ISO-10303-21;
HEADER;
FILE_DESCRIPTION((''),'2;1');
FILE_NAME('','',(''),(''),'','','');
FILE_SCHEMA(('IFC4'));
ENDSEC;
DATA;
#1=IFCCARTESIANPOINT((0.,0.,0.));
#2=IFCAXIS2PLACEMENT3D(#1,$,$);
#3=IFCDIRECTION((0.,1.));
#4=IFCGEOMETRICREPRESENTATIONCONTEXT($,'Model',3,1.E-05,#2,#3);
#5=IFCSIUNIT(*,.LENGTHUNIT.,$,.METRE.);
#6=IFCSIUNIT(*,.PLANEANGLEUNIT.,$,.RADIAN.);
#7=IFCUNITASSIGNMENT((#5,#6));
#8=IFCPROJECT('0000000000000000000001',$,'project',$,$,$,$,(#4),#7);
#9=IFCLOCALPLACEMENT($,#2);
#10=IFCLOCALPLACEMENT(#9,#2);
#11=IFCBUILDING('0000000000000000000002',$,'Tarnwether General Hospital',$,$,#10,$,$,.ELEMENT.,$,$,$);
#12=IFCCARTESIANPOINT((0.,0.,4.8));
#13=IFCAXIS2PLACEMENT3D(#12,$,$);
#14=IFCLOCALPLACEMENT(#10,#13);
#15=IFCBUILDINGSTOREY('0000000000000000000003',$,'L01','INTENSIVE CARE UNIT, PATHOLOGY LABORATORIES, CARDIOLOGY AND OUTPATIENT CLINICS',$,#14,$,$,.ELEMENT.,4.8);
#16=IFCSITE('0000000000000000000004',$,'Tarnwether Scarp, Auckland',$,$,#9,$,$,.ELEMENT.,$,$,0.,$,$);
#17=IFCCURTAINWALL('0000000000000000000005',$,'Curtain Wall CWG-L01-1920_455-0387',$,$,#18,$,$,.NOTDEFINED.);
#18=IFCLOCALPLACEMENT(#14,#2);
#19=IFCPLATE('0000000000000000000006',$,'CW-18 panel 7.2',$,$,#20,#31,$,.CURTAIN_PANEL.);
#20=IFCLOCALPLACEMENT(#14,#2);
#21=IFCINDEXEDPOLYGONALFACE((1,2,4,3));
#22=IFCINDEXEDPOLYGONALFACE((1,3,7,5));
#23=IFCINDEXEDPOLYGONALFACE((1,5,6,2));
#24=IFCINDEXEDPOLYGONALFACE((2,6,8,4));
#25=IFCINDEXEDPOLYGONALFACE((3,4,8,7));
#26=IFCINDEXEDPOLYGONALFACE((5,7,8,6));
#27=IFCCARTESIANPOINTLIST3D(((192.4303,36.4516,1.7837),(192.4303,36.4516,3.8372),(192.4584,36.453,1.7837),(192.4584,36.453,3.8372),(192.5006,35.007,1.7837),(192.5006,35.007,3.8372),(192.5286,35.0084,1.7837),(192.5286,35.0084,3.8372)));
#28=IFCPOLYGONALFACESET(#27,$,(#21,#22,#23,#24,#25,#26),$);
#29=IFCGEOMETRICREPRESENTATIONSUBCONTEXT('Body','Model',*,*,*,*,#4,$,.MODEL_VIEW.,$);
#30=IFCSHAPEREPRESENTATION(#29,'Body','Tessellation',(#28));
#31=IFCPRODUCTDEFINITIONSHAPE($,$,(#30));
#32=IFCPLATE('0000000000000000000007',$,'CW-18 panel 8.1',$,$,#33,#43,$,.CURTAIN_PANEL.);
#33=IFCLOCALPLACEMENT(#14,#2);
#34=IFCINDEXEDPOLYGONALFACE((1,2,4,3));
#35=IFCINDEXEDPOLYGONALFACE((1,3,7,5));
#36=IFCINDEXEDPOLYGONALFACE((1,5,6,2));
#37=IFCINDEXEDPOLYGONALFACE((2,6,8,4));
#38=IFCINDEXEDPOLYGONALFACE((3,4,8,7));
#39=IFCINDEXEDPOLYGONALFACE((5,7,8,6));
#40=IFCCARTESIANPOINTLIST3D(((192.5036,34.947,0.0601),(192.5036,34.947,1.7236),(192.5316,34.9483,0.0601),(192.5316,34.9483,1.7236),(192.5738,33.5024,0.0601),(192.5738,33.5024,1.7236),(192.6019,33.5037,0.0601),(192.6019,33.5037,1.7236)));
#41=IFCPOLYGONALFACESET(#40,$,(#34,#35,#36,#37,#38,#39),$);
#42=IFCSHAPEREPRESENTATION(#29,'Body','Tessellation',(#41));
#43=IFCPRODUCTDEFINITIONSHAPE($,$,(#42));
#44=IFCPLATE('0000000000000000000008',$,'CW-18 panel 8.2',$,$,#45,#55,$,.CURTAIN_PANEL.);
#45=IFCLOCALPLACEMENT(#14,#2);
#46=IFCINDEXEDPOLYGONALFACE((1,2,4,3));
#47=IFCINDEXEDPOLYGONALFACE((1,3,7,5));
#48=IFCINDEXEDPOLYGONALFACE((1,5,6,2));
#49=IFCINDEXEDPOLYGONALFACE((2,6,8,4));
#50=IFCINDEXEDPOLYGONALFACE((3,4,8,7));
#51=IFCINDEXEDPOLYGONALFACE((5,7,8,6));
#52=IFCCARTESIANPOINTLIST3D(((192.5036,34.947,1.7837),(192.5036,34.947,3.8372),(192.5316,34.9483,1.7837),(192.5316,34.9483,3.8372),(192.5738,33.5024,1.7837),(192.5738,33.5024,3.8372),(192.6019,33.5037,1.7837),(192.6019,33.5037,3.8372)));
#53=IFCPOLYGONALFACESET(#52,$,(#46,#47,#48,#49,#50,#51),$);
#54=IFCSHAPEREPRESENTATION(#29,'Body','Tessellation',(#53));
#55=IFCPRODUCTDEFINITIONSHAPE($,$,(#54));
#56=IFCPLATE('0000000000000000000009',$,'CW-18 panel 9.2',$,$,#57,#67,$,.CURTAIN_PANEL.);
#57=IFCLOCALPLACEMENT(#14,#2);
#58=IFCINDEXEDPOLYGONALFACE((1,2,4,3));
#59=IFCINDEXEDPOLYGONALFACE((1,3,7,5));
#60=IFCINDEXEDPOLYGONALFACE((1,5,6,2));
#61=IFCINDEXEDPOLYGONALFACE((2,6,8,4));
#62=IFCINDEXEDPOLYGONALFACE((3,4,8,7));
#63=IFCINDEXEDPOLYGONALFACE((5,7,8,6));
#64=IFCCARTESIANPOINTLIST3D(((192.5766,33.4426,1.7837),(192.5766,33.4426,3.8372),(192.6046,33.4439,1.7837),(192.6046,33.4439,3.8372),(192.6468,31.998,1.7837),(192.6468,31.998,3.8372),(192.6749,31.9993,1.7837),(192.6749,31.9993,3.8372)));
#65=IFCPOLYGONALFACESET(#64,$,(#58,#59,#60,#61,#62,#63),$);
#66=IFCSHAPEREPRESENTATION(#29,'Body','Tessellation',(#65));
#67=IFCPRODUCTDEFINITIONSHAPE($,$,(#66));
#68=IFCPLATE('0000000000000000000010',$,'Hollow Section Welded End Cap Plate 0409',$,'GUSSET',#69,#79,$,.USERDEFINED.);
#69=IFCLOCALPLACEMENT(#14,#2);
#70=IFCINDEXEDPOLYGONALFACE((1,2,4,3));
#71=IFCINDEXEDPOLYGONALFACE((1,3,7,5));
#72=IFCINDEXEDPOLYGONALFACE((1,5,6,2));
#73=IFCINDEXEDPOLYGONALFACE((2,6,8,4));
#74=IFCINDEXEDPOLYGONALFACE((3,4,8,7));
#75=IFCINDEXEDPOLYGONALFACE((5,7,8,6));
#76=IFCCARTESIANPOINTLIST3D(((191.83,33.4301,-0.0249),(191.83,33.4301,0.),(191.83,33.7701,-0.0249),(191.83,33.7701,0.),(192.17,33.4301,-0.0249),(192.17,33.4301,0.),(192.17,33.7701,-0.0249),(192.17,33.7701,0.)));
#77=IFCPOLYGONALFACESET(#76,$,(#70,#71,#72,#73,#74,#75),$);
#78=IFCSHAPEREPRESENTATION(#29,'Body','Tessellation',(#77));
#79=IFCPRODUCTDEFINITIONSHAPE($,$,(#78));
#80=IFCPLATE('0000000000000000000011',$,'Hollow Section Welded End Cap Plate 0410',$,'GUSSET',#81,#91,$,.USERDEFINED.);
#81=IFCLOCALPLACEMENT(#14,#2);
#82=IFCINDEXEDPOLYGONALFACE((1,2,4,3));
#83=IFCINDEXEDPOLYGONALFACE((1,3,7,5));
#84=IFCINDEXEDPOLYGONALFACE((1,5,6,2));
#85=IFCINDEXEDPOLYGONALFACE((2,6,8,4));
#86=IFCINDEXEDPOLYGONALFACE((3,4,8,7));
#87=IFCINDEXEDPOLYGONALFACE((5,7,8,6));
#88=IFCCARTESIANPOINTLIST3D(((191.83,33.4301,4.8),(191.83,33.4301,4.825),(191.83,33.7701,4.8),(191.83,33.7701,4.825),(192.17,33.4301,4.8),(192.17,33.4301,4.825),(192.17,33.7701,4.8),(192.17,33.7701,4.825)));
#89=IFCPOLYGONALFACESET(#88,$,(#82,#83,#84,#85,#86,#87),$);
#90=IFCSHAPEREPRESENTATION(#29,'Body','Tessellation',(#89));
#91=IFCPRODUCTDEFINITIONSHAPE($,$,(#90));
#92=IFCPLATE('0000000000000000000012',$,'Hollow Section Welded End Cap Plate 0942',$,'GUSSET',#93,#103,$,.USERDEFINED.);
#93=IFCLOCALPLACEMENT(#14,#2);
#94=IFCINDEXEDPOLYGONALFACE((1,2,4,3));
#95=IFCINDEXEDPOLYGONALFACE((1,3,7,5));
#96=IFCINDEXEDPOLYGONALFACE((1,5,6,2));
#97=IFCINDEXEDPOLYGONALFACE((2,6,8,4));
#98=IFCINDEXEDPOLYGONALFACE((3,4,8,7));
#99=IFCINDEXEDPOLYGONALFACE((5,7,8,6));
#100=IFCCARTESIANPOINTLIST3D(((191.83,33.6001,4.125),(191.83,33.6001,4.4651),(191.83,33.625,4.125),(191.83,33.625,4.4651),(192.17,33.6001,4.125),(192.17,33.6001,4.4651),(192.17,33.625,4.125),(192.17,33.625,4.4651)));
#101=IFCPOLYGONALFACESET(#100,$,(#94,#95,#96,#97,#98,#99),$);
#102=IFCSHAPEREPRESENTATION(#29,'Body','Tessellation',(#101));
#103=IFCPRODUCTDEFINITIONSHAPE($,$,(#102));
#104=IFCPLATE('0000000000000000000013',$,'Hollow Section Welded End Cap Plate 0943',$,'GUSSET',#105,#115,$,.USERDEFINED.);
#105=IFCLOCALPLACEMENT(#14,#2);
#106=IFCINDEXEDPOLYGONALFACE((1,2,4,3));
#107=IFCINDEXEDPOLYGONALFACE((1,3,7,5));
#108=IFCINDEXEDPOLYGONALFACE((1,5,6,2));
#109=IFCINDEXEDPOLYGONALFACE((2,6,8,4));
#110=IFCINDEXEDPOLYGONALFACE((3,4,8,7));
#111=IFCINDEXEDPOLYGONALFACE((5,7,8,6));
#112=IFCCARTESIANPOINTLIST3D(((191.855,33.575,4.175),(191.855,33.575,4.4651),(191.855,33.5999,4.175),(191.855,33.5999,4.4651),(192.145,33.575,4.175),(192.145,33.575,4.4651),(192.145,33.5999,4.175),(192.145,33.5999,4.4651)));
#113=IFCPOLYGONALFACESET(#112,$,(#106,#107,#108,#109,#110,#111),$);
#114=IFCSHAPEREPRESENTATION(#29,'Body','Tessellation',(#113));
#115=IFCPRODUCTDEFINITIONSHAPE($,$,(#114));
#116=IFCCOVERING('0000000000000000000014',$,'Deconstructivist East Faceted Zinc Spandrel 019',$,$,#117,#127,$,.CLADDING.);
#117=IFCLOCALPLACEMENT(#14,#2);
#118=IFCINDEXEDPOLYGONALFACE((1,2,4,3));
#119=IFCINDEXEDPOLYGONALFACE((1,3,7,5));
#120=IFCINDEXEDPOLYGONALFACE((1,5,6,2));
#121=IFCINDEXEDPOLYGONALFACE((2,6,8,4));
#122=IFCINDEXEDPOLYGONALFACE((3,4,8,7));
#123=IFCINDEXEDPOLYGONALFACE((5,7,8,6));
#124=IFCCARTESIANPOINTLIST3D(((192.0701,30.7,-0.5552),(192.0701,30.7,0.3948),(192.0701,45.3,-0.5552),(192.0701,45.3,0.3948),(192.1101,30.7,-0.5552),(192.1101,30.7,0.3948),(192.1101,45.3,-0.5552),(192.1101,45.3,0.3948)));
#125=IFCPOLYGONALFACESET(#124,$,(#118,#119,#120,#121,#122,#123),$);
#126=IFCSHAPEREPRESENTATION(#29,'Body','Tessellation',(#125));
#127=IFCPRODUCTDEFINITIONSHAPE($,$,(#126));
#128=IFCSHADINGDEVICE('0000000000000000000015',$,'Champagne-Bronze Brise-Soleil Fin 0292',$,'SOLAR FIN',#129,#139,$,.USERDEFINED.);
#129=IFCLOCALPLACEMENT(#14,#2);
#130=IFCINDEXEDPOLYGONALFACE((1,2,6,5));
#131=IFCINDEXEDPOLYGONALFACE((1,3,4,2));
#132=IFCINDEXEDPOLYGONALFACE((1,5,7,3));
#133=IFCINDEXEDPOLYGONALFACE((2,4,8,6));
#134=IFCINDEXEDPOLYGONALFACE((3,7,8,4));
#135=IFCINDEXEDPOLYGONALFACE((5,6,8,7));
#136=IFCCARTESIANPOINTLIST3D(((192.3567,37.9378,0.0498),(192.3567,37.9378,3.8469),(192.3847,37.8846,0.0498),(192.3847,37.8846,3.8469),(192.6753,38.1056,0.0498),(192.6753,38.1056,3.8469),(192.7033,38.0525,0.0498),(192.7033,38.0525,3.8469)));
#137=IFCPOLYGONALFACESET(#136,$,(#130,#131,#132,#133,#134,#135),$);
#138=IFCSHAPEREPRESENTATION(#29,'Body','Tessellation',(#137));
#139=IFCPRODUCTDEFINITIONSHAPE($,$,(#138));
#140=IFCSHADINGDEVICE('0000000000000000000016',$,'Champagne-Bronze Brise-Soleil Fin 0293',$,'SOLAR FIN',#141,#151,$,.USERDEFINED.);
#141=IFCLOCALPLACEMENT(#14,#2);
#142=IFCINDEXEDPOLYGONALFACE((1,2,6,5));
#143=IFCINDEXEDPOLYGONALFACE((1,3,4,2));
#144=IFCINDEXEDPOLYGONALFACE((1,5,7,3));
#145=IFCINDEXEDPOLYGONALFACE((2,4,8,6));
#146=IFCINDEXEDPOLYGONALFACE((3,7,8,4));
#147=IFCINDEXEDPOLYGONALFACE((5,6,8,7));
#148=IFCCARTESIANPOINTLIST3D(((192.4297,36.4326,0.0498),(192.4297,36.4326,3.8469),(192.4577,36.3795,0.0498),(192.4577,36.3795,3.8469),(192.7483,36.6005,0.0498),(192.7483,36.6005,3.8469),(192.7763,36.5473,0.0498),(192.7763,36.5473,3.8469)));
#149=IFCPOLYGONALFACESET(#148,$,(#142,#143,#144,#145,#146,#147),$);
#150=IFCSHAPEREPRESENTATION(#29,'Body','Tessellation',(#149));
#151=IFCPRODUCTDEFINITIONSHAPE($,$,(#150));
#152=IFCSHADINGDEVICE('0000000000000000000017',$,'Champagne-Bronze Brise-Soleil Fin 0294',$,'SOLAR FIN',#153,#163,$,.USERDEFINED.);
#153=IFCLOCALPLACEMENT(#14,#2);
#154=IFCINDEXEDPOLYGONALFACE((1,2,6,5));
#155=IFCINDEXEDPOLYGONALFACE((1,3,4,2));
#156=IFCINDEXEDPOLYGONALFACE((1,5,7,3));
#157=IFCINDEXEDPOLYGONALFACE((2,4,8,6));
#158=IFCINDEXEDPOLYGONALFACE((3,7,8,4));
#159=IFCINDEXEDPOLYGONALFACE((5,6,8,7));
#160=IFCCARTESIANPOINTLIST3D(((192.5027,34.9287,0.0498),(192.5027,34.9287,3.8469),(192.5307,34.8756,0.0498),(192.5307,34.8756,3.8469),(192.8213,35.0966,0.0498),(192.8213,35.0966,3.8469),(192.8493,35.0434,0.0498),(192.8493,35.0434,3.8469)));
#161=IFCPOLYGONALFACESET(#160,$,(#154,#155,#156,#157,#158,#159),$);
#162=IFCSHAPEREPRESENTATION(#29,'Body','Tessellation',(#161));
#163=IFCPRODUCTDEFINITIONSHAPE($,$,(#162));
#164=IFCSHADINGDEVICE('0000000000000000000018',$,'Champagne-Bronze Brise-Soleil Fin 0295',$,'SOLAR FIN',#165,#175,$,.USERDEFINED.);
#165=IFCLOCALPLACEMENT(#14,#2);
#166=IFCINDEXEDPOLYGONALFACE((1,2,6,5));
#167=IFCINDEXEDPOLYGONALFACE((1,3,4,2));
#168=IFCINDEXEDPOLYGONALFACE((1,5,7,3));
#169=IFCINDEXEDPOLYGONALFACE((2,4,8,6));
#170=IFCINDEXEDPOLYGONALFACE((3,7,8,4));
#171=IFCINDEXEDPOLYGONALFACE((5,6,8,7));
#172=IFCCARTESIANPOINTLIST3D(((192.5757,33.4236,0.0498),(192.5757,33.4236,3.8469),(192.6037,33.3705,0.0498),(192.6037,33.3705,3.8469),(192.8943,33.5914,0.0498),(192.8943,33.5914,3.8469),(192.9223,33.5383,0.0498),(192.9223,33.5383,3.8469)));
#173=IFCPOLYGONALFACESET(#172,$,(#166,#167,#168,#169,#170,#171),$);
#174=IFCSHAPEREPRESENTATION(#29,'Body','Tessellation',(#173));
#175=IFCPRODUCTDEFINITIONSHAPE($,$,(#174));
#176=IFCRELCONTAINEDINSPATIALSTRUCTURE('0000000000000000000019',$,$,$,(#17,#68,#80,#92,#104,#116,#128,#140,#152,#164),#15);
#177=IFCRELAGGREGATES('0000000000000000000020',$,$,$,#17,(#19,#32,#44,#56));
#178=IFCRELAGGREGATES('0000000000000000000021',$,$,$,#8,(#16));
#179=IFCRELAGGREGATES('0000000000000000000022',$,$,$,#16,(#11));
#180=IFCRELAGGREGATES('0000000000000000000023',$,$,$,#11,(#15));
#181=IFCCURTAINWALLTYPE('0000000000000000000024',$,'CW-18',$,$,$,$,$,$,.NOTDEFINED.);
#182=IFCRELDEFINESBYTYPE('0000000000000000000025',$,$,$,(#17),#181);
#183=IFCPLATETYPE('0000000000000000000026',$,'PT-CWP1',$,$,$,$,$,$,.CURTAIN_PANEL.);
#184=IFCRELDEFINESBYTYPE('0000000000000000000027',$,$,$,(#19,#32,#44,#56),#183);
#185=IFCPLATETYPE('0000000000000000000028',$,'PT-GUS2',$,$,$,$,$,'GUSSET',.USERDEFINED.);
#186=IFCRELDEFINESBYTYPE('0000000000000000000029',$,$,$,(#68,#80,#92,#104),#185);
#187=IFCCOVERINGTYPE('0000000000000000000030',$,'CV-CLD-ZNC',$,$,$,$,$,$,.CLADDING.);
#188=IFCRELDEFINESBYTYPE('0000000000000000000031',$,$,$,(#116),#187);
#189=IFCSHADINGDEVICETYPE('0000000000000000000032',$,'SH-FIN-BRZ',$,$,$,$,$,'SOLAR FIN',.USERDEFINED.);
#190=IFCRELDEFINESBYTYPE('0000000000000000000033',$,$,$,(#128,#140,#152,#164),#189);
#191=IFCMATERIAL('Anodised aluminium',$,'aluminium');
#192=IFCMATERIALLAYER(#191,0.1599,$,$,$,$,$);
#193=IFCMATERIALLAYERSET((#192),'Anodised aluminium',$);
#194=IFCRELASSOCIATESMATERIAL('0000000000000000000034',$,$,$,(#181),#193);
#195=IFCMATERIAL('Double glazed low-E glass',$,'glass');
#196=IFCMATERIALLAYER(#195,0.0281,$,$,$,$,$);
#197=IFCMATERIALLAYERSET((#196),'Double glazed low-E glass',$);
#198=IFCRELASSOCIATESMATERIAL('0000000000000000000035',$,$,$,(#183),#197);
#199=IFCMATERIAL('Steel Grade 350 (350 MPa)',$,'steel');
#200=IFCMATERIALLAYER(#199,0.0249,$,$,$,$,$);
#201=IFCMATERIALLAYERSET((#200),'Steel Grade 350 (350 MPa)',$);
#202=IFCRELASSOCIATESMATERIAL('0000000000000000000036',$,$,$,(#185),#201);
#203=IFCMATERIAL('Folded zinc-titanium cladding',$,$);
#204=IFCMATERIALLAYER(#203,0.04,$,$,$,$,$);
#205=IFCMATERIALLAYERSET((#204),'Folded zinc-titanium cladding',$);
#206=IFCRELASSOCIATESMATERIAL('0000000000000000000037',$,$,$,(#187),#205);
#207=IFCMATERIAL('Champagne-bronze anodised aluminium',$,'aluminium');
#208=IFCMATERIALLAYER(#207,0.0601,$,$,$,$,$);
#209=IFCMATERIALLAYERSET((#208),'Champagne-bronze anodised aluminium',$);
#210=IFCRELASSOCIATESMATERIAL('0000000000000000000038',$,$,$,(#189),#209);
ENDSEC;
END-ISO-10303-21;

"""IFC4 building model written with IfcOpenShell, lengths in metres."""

from ifc_helpers import new_model, si_unit, direction, frame, origin, origin_2d, place, context, subcontext, project, spatial, rectangle, extrude, material, layer, layer_set, type_object, element, aggregate, save


model = new_model("IFC4")

# Units and contexts
model_context = context("Model", 3, precision=1e-05, world=origin(), true_north=direction((0.0, 1.0)))
body_context = subcontext(model_context, "Body", "Model", "MODEL_VIEW")
ifc_project = project(units=[si_unit("LENGTHUNIT", "METRE"), si_unit("PLANEANGLEUNIT", "RADIAN")], contexts=[model_context])

# Site, building, storey
site_placement = place(None, origin())
site = spatial("IfcSite", under=ifc_project, at=site_placement, Name="Tarnwether Scarp, Auckland", CompositionType="ELEMENT", RefElevation=0.0)
building_placement = place(site_placement, origin())
building = spatial("IfcBuilding", under=site, at=building_placement, Name="Tarnwether General Hospital", CompositionType="ELEMENT")
storey_placement = place(building_placement, frame((0.0, 0.0, 4.8)))
storey = spatial("IfcBuildingStorey", under=building, at=storey_placement, Name="L01", Description="INTENSIVE CARE UNIT, PATHOLOGY LABORATORIES, CARDIOLOGY AND OUTPATIENT CLINICS", CompositionType="ELEMENT", Elevation=4.8)

# Curtain wall, plates
ifc_material_1 = material(Name="Anodised aluminium", Category="aluminium")
ifc_layer_1 = layer(ifc_material_1, 0.1599)
ifc_layer_set_1 = layer_set([ifc_layer_1], Name="Anodised aluminium")
curtain_wall_type = type_object("IfcCurtainWallType", Name="CW-18", PredefinedType="NOTDEFINED", material=ifc_layer_set_1)
curtain_wall_placement = place(storey_placement, origin())
curtain_wall = element("IfcCurtainWall", 1, at=curtain_wall_placement, inside=storey, type_object=curtain_wall_type, Name="Curtain Wall CWG-L01-1920_455-0387", PredefinedType="NOTDEFINED")
ifc_material_2 = material(Name="Double glazed low-E glass", Category="glass")
ifc_layer_2 = layer(ifc_material_2, 0.0281)
ifc_layer_set_2 = layer_set([ifc_layer_2], Name="Double glazed low-E glass")
plate_type_1 = type_object("IfcPlateType", Name="PT-CWP1", PredefinedType="CURTAIN_PANEL", material=ifc_layer_set_2)
plate_1_placement = place(storey_placement, frame((192.4795, 35.73, 1.7837), z_axis=(0.0, 0.0, 1.0), x_axis=(0.04857, -0.99882, 0.0)))
plate_1 = element("IfcPlate", 2, at=plate_1_placement, type_object=plate_type_1, Name="CW-18 panel 7.2", PredefinedType="CURTAIN_PANEL", context=body_context, shape_type="SweptSolid", body=[
    extrude(rectangle(XDim=1.4463, YDim=0.0281, at=origin_2d()), origin(), (0.0, 0.0, 1.0), 2.0535),
])
plate_2_placement = place(storey_placement, frame((192.5527, 34.2253, 0.0601), z_axis=(0.0, 0.0, 1.0), x_axis=(0.04857, -0.99882, 0.0)))
plate_2 = element("IfcPlate", 3, at=plate_2_placement, type_object=plate_type_1, Name="CW-18 panel 8.1", PredefinedType="CURTAIN_PANEL", context=body_context, shape_type="SweptSolid", body=[
    extrude(rectangle(XDim=1.4463, YDim=0.0281, at=origin_2d()), origin(), (0.0, 0.0, 1.0), 1.6636),
])
plate_3_placement = place(storey_placement, frame((192.5527, 34.2253, 1.7837), z_axis=(0.0, 0.0, 1.0), x_axis=(0.04857, -0.99882, 0.0)))
plate_3 = element("IfcPlate", 4, at=plate_3_placement, type_object=plate_type_1, Name="CW-18 panel 8.2", PredefinedType="CURTAIN_PANEL", context=body_context, shape_type="SweptSolid", body=[
    extrude(rectangle(XDim=1.4463, YDim=0.0281, at=origin_2d()), origin(), (0.0, 0.0, 1.0), 2.0535),
])
plate_4_placement = place(storey_placement, frame((192.6257, 32.7209, 1.7837), z_axis=(0.0, 0.0, 1.0), x_axis=(0.04857, -0.99882, 0.0)))
plate_4 = element("IfcPlate", 5, at=plate_4_placement, type_object=plate_type_1, Name="CW-18 panel 9.2", PredefinedType="CURTAIN_PANEL", context=body_context, shape_type="SweptSolid", body=[
    extrude(rectangle(XDim=1.4463, YDim=0.0281, at=origin_2d()), origin(), (0.0, 0.0, 1.0), 2.0535),
])
aggregate(curtain_wall, [plate_1, plate_2, plate_3, plate_4])

# Plates
ifc_material_3 = material(Name="Steel Grade 350 (350 MPa)", Category="steel")
ifc_layer_3 = layer(ifc_material_3, 0.0249)
ifc_layer_set_3 = layer_set([ifc_layer_3], Name="Steel Grade 350 (350 MPa)")
plate_type_2 = type_object("IfcPlateType", Name="PT-GUS2", ElementType="GUSSET", PredefinedType="USERDEFINED", material=ifc_layer_set_3)
for number, where, z_axis, x_axis, name in (
    (6, (192.0, 33.6001, -0.0249), (0.0, 0.0, 1.0), (1.0, 0.0, 0.0), "Hollow Section Welded End Cap Plate 0409"),
    (7, (192.0, 33.6001, 4.8), (0.0, 0.0, 1.0), (1.0, 0.0, 0.0), "Hollow Section Welded End Cap Plate 0410"),
):
    element("IfcPlate", number, at=place(storey_placement, frame(where, z_axis=z_axis, x_axis=x_axis)), inside=storey, type_object=plate_type_2, Name=name, ObjectType="GUSSET", PredefinedType="USERDEFINED", context=body_context, shape_type="SweptSolid", body=[
        extrude(rectangle(XDim=0.3401, YDim=0.3401, at=origin_2d()), origin(), (0.0, 0.0, 1.0), 0.0249),
    ])
plate_5_placement = place(storey_placement, frame((192.0, 33.6125, 4.125), z_axis=(0.0, 0.0, 1.0), x_axis=(0.0, 1.0, 0.0)))
element("IfcPlate", 8, at=plate_5_placement, inside=storey, type_object=plate_type_2, Name="Hollow Section Welded End Cap Plate 0942", ObjectType="GUSSET", PredefinedType="USERDEFINED", context=body_context, shape_type="SweptSolid", body=[
    extrude(rectangle(XDim=0.0249, YDim=0.3401, at=origin_2d()), origin(), (0.0, 0.0, 1.0), 0.3401),
])
plate_6_placement = place(storey_placement, frame((192.0, 33.5874, 4.175), z_axis=(0.0, 0.0, 1.0), x_axis=(0.0, 1.0, 0.0)))
element("IfcPlate", 9, at=plate_6_placement, inside=storey, type_object=plate_type_2, Name="Hollow Section Welded End Cap Plate 0943", ObjectType="GUSSET", PredefinedType="USERDEFINED", context=body_context, shape_type="SweptSolid", body=[
    extrude(rectangle(XDim=0.0249, YDim=0.29, at=origin_2d()), origin(), (0.0, 0.0, 1.0), 0.29),
])

# Covering
ifc_material_4 = material(Name="Folded zinc-titanium cladding")
ifc_layer_4 = layer(ifc_material_4, 0.04)
ifc_layer_set_4 = layer_set([ifc_layer_4], Name="Folded zinc-titanium cladding")
covering_type = type_object("IfcCoveringType", Name="CV-CLD-ZNC", PredefinedType="CLADDING", material=ifc_layer_set_4)
covering_placement = place(storey_placement, frame((192.0901, 38.0, -0.5552), z_axis=(0.0, 0.0, 1.0), x_axis=(0.0, 1.0, 0.0)))
element("IfcCovering", 10, at=covering_placement, inside=storey, type_object=covering_type, Name="Deconstructivist East Faceted Zinc Spandrel 019", PredefinedType="CLADDING", context=body_context, shape_type="SweptSolid", body=[
    extrude(rectangle(XDim=14.6001, YDim=0.04, at=origin_2d()), origin(), (0.0, 0.0, 1.0), 0.95),
])

# Shading devices
ifc_material_5 = material(Name="Champagne-bronze anodised aluminium", Category="aluminium")
ifc_layer_5 = layer(ifc_material_5, 0.0601)
ifc_layer_set_5 = layer_set([ifc_layer_5], Name="Champagne-bronze anodised aluminium")
shading_device_type = type_object("IfcShadingDeviceType", Name="SH-FIN-BRZ", ElementType="SOLAR FIN", PredefinedType="USERDEFINED", material=ifc_layer_set_5)
for number, where, z_axis, x_axis, name in (
    (11, (192.53, 37.9951, 0.0498), (0.0, 0.0, 1.0), (0.466078, -0.884744, 0.0), "Champagne-Bronze Brise-Soleil Fin 0292"),
    (12, (192.603, 36.49, 0.0498), (0.0, 0.0, 1.0), (0.466078, -0.884744, 0.0), "Champagne-Bronze Brise-Soleil Fin 0293"),
    (13, (192.676, 34.9861, 0.0498), (0.0, 0.0, 1.0), (0.466078, -0.884744, 0.0), "Champagne-Bronze Brise-Soleil Fin 0294"),
    (14, (192.749, 33.481, 0.0498), (0.0, 0.0, 1.0), (0.466078, -0.884744, 0.0), "Champagne-Bronze Brise-Soleil Fin 0295"),
):
    element("IfcShadingDevice", number, at=place(storey_placement, frame(where, z_axis=z_axis, x_axis=x_axis)), inside=storey, type_object=shading_device_type, Name=name, ObjectType="SOLAR FIN", PredefinedType="USERDEFINED", context=body_context, shape_type="SweptSolid", body=[
        extrude(rectangle(XDim=0.0601, YDim=0.3601, at=origin_2d()), origin(), (0.0, 0.0, 1.0), 3.7971),
    ])

save(model, "model.ifc")
